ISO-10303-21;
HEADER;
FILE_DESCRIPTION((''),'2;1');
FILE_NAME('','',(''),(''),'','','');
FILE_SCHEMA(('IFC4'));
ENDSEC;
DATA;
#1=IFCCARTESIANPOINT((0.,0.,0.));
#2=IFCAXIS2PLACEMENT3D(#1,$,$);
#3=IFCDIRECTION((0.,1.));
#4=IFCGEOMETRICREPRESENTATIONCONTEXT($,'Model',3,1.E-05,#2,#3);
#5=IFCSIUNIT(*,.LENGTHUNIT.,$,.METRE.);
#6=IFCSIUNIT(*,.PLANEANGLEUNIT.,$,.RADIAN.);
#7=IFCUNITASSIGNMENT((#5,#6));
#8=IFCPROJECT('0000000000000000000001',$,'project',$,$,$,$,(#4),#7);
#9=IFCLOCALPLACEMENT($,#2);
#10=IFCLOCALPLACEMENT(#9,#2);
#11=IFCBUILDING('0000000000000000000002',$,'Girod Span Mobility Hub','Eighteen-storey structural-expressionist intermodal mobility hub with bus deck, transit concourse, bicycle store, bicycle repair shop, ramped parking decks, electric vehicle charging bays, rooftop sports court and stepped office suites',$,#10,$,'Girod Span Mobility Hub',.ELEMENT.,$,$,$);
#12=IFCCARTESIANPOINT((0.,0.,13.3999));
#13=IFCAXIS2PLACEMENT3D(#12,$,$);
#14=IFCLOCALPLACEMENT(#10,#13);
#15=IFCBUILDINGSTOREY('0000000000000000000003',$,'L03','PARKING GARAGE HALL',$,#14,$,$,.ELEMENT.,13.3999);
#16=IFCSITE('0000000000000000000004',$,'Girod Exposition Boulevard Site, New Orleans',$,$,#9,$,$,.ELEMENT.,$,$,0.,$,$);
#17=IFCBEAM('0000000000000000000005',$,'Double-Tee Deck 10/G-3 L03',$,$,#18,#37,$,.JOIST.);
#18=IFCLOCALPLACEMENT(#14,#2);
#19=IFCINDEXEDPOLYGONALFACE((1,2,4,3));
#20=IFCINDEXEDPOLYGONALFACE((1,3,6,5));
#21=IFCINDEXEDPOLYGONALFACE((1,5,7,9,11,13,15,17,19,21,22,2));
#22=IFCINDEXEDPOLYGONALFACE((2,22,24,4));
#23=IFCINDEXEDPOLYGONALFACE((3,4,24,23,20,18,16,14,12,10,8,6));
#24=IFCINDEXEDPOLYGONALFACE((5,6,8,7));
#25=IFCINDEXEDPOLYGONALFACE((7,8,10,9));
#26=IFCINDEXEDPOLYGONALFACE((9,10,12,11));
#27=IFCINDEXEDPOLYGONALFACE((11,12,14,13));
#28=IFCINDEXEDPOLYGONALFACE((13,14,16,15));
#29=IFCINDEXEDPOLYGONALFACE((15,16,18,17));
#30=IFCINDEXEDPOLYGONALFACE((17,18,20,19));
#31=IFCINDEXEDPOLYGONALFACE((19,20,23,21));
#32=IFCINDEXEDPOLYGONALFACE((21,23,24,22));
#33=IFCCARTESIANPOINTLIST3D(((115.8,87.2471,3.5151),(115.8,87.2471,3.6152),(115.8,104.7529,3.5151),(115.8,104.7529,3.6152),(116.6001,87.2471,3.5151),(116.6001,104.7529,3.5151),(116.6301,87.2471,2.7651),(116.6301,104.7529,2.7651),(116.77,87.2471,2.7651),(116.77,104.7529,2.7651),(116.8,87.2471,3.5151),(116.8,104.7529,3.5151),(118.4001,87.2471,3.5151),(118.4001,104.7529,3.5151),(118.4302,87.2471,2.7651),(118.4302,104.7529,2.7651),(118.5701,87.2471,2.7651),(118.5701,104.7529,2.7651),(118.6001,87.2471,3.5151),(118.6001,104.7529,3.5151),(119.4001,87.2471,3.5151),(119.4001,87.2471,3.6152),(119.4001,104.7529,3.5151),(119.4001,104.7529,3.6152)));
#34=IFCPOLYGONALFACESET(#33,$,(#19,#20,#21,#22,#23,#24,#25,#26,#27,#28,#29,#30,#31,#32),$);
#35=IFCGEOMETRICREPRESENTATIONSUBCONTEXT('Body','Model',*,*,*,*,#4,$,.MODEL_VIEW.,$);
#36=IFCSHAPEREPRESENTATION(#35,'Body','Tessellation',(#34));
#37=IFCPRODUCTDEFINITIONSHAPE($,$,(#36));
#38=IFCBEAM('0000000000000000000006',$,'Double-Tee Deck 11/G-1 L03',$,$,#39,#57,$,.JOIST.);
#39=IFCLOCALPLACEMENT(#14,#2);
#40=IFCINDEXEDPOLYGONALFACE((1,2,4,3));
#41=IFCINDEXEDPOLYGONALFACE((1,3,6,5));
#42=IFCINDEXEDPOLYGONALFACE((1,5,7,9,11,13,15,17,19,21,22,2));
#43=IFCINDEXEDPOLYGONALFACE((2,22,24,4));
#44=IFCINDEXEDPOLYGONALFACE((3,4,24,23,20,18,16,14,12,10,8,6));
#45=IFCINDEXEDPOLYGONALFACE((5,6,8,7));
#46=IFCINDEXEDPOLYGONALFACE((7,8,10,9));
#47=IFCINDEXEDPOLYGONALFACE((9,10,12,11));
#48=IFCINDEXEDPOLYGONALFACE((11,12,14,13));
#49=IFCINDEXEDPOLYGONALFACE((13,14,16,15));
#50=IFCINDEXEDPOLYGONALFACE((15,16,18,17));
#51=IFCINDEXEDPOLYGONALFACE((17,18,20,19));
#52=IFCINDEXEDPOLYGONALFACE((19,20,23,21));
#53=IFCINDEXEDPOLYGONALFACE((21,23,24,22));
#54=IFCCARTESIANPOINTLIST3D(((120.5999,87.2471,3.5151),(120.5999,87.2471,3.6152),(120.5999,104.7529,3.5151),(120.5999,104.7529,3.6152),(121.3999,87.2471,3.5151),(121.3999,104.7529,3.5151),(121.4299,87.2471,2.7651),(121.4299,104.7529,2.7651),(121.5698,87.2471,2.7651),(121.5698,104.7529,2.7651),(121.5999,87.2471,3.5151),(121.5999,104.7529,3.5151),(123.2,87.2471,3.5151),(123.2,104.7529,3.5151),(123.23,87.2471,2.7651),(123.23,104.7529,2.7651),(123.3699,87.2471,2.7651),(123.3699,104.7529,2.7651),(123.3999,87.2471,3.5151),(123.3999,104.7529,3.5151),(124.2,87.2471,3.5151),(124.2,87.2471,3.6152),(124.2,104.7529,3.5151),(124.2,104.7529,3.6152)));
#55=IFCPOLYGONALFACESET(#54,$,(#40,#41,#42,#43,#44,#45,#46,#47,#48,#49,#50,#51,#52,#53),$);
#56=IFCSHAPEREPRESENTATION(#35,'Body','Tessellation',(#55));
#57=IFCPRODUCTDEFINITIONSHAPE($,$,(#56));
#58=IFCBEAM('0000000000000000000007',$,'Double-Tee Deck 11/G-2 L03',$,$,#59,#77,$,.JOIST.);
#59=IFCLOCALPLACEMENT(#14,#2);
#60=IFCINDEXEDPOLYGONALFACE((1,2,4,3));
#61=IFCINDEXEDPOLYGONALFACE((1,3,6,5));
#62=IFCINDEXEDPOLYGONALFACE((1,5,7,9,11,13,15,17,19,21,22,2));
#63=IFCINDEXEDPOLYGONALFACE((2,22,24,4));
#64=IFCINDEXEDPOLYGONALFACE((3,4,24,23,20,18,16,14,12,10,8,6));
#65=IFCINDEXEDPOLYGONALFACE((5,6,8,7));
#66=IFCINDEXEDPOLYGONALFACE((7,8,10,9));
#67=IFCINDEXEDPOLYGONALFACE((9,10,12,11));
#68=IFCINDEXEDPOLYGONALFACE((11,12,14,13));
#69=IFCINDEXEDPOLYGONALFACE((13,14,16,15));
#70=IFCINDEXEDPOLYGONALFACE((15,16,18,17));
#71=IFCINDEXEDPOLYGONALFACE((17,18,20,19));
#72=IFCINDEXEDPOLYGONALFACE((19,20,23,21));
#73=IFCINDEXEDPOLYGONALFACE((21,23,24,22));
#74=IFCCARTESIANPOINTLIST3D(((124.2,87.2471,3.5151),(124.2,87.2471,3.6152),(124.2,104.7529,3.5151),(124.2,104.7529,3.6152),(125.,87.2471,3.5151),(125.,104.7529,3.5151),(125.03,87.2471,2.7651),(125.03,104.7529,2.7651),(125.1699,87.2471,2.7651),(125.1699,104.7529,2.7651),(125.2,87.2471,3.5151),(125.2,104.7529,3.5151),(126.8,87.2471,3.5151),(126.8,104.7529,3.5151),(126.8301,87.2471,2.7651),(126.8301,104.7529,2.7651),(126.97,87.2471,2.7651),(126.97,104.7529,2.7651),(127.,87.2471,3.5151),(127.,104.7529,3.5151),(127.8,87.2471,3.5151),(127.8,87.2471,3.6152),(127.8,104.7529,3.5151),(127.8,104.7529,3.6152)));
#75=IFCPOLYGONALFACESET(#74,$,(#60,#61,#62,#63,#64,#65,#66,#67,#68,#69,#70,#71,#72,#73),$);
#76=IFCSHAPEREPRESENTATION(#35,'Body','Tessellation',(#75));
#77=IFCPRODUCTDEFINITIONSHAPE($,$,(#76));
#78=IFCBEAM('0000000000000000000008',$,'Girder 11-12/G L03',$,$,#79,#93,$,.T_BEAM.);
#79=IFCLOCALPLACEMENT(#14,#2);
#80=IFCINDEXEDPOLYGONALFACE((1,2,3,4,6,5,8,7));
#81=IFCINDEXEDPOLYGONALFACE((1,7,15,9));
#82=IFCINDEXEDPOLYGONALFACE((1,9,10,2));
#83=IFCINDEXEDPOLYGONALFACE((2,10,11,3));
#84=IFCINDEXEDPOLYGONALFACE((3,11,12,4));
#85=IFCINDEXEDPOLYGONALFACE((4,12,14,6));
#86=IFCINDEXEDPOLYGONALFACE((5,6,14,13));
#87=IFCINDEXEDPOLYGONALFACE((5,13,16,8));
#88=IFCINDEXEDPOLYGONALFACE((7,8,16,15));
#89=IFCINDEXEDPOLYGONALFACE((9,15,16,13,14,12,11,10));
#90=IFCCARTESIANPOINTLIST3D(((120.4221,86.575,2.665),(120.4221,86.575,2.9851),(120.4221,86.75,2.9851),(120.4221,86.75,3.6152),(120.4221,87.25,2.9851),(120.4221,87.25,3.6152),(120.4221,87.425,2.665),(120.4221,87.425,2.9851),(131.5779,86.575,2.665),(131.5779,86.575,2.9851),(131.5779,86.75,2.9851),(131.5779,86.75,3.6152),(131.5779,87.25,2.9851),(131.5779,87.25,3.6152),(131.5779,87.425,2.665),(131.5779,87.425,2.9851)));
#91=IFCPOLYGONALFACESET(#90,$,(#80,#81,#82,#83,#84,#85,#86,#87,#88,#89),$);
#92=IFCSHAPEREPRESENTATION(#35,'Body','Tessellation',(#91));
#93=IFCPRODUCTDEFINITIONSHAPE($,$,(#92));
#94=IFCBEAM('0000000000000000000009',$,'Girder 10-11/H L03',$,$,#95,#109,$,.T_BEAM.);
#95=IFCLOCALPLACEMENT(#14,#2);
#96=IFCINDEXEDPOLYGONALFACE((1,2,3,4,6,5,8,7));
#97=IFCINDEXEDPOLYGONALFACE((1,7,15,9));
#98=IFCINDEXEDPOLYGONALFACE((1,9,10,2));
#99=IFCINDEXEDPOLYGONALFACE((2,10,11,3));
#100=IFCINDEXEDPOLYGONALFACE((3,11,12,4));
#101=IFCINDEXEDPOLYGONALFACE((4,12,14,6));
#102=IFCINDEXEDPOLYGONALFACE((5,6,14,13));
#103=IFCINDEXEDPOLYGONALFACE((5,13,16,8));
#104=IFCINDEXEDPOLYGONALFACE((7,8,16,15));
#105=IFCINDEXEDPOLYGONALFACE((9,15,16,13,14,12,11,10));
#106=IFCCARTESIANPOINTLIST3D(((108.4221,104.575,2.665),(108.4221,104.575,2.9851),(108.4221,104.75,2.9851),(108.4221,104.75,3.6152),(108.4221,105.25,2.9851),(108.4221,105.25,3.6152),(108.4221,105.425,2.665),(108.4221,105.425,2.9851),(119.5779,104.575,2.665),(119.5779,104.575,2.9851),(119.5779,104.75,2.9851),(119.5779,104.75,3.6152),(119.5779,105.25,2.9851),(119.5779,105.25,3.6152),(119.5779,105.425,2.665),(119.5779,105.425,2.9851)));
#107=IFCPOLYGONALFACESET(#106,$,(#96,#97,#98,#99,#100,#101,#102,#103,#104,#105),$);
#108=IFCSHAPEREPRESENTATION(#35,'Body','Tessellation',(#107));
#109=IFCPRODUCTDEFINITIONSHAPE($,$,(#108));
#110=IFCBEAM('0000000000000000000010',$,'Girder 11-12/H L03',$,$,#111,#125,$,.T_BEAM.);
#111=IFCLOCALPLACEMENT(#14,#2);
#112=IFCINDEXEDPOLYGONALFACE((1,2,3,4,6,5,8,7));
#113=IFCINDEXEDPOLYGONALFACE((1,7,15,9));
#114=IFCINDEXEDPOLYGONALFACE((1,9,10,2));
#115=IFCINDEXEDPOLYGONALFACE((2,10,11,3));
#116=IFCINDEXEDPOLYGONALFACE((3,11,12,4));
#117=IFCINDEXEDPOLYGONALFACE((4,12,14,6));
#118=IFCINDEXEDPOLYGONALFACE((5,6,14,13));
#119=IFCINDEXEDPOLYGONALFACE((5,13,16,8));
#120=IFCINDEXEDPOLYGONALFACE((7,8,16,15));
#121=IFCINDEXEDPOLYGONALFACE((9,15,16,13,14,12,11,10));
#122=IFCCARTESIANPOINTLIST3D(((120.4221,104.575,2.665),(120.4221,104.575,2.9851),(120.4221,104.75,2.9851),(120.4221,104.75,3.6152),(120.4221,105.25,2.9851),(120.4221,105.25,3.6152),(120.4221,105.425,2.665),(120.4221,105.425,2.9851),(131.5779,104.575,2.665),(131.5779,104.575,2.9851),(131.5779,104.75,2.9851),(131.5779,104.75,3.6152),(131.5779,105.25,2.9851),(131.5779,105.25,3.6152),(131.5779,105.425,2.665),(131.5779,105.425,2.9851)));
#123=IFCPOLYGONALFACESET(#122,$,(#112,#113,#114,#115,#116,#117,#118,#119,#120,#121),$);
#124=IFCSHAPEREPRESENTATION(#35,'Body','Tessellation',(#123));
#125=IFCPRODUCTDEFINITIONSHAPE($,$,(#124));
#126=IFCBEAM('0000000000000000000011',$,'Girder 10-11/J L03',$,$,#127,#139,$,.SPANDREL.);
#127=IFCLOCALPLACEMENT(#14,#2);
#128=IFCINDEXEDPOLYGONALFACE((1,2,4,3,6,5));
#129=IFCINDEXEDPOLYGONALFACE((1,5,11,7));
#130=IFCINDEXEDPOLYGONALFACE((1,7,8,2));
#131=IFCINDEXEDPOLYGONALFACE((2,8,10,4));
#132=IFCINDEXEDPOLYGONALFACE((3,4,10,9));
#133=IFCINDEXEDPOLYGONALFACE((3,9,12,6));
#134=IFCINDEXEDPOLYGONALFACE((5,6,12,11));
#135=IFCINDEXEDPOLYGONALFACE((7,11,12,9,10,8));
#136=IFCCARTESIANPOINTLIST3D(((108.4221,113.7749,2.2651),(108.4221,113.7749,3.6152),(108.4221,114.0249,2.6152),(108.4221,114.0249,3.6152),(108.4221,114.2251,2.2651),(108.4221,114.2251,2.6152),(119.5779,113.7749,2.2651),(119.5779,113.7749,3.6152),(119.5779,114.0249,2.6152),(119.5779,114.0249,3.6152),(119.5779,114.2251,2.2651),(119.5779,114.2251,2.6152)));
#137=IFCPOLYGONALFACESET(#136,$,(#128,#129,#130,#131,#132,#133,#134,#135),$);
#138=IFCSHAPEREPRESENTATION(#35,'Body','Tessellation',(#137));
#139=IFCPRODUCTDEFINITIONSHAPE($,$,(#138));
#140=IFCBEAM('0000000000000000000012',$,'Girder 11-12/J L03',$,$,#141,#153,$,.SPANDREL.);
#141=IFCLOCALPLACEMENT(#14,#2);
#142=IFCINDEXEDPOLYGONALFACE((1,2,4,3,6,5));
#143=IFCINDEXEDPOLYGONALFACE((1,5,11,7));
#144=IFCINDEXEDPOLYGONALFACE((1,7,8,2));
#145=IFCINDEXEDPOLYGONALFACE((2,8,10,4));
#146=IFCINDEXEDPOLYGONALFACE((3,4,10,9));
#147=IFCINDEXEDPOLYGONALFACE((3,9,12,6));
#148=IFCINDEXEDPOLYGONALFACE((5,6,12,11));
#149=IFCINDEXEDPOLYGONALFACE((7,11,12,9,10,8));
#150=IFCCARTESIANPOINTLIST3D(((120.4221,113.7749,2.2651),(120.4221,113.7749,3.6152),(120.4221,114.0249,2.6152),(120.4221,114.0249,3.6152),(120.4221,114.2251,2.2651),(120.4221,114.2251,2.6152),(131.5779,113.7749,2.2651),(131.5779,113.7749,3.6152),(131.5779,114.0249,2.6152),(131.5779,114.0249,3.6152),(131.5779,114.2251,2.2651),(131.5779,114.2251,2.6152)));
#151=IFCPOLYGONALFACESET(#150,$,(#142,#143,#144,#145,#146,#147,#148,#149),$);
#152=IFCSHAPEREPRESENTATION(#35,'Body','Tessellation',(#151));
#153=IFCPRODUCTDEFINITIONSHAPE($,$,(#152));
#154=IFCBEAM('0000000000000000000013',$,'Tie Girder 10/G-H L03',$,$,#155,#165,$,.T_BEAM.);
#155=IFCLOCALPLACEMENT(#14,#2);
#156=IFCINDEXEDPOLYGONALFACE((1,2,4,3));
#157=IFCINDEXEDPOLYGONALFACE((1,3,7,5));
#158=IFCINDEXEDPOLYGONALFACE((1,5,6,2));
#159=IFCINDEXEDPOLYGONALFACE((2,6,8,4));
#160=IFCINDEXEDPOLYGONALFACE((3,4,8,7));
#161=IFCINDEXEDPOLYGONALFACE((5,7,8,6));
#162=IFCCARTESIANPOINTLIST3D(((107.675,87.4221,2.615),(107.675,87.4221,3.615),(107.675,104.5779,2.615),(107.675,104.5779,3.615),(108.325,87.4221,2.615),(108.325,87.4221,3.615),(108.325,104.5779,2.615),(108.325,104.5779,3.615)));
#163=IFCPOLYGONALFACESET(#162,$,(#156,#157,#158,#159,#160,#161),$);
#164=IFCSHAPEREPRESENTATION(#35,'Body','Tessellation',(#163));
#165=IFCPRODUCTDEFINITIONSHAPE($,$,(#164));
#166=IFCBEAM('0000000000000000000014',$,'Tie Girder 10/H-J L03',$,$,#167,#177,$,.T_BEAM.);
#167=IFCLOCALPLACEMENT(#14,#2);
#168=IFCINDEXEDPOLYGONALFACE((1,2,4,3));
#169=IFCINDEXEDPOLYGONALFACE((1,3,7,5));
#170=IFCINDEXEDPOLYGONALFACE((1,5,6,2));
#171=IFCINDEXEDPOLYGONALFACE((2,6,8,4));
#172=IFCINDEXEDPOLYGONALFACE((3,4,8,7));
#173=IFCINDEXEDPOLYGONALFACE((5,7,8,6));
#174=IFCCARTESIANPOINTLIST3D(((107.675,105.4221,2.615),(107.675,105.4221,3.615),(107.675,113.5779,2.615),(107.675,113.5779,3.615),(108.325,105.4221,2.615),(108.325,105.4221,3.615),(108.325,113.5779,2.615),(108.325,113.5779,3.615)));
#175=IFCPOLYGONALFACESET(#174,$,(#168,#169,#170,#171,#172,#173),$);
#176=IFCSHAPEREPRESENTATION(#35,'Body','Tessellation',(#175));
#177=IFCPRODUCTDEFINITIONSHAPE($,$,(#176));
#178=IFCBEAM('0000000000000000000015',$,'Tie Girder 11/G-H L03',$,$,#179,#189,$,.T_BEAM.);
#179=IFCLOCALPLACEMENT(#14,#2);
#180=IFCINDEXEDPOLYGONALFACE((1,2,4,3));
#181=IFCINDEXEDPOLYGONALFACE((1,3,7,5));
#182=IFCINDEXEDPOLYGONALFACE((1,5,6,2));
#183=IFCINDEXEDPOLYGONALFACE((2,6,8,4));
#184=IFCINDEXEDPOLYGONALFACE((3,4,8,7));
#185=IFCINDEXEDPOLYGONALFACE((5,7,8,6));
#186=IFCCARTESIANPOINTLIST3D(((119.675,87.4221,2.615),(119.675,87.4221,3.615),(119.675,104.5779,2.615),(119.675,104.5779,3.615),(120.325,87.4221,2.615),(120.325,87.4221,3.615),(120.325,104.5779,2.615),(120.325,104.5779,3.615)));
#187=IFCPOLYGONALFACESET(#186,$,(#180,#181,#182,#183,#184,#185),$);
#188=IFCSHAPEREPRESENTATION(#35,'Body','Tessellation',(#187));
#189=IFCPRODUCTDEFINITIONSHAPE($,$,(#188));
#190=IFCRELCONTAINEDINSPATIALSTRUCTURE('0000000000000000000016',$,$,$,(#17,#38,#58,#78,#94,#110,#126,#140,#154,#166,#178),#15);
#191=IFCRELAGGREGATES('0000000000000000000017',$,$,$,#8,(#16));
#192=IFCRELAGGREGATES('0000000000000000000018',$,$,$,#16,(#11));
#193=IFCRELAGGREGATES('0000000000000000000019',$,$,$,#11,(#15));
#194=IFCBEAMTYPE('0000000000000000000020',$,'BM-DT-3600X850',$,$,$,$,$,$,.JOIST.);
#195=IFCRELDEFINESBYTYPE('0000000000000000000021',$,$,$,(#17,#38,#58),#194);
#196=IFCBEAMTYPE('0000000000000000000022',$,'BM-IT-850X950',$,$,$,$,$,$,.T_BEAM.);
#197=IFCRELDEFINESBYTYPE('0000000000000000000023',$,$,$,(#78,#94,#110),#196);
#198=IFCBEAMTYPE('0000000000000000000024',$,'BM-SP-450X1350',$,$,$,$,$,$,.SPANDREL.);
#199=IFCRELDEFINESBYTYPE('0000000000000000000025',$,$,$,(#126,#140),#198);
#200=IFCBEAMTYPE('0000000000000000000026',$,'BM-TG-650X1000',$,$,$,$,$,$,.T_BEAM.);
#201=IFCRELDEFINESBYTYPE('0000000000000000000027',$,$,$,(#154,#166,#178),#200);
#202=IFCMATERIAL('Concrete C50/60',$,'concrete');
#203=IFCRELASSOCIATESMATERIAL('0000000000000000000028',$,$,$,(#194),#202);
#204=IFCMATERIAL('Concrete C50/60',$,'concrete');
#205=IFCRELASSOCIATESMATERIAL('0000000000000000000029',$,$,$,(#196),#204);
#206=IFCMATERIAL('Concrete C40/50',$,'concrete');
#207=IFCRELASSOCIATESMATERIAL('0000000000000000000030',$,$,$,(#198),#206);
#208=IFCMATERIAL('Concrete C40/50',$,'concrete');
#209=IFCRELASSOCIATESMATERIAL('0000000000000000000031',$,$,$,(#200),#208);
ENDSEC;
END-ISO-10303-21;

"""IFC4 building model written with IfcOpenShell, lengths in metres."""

from ifc_helpers import new_model, si_unit, direction, frame, origin, origin_2d, place, context, subcontext, project, spatial, polyline, rectangle, outline, extrude, material, material_profile, profile_set, type_object, element, save


model = new_model("IFC4")

# Units and contexts
model_context = context("Model", 3, precision=1e-05, world=origin(), true_north=direction((0.0, 1.0)))
body_context = subcontext(model_context, "Body", "Model", "MODEL_VIEW")
ifc_project = project(units=[si_unit("LENGTHUNIT", "METRE"), si_unit("PLANEANGLEUNIT", "RADIAN")], contexts=[model_context])

# Site, building, storey
site_placement = place(None, origin())
site = spatial("IfcSite", under=ifc_project, at=site_placement, Name="Girod Exposition Boulevard Site, New Orleans", CompositionType="ELEMENT", RefElevation=0.0)
building_placement = place(site_placement, origin())
building = spatial("IfcBuilding", under=site, at=building_placement, Name="Girod Span Mobility Hub", Description="Eighteen-storey structural-expressionist intermodal mobility hub with bus deck, transit concourse, bicycle store, bicycle repair shop, ramped parking decks, electric vehicle charging bays, rooftop sports court and stepped office suites", LongName="Girod Span Mobility Hub", CompositionType="ELEMENT")
storey_placement = place(building_placement, frame((0.0, 0.0, 13.3999)))
storey = spatial("IfcBuildingStorey", under=building, at=storey_placement, Name="L03", Description="PARKING GARAGE HALL", CompositionType="ELEMENT", Elevation=13.3999)

# Beams
ifc_material_1 = material(Name="Concrete C50/60", Category="concrete")
ifc_material_profile_1 = material_profile(ifc_material_1, outline(polyline([(-1.8, 0.425), (-1.8, 0.325), (-1.0, 0.325), (-0.97, -0.425), (-0.8301, -0.425), (-0.8, 0.325), (0.8, 0.325), (0.8301, -0.425), (0.97, -0.425), (1.0, 0.325), (1.8, 0.325), (1.8, 0.425), (-1.8, 0.425)])), Name="DT-3600X850")
ifc_profile_set_1 = profile_set([ifc_material_profile_1], Name="Concrete C50/60")
beam_type_1 = type_object("IfcBeamType", Name="BM-DT-3600X850", PredefinedType="JOIST", material=ifc_profile_set_1)
for number, where, z_axis, x_axis, name in (
    (1, (117.6001, 87.2471, 3.1902), (0.0, 1.0, 0.0), (-1.0, 0.0, 0.0), "Double-Tee Deck 10/G-3 L03"),
    (2, (122.3999, 87.2471, 3.1902), (0.0, 1.0, 0.0), (-1.0, 0.0, 0.0), "Double-Tee Deck 11/G-1 L03"),
    (3, (126.0, 87.2471, 3.1902), (0.0, 1.0, 0.0), (-1.0, 0.0, 0.0), "Double-Tee Deck 11/G-2 L03"),
):
    element("IfcBeam", number, at=place(storey_placement, frame(where, z_axis=z_axis, x_axis=x_axis)), inside=storey, type_object=beam_type_1, Name=name, PredefinedType="JOIST", context=body_context, shape_type="SweptSolid", body=[
        extrude(outline(polyline([(-1.8, 0.425), (-1.8, 0.325), (-1.0, 0.325), (-0.97, -0.425), (-0.8301, -0.425), (-0.8, 0.325), (0.8, 0.325), (0.8301, -0.425), (0.97, -0.425), (1.0, 0.325), (1.8, 0.325), (1.8, 0.425), (-1.8, 0.425)])), origin(), (0.0, 0.0, 1.0), 17.5059),
    ])
ifc_material_2 = material(Name="Concrete C50/60", Category="concrete")
ifc_material_profile_2 = material_profile(ifc_material_2, outline(polyline([(-0.425, -0.4751), (0.425, -0.4751), (0.425, -0.155), (0.25, -0.155), (0.25, 0.4751), (-0.25, 0.4751), (-0.25, -0.155), (-0.425, -0.155), (-0.425, -0.4751)])), Name="IT-850X950")
ifc_profile_set_2 = profile_set([ifc_material_profile_2], Name="Concrete C50/60")
beam_type_2 = type_object("IfcBeamType", Name="BM-IT-850X950", PredefinedType="T_BEAM", material=ifc_profile_set_2)
for number, where, z_axis, x_axis, name in (
    (4, (120.4221, 87.0, 3.1401), (1.0, 0.0, 0.0), (0.0, 1.0, 0.0), "Girder 11-12/G L03"),
    (5, (108.4221, 105.0, 3.1401), (1.0, 0.0, 0.0), (0.0, 1.0, 0.0), "Girder 10-11/H L03"),
    (6, (120.4221, 105.0, 3.1401), (1.0, 0.0, 0.0), (0.0, 1.0, 0.0), "Girder 11-12/H L03"),
):
    element("IfcBeam", number, at=place(storey_placement, frame(where, z_axis=z_axis, x_axis=x_axis)), inside=storey, type_object=beam_type_2, Name=name, PredefinedType="T_BEAM", context=body_context, shape_type="SweptSolid", body=[
        extrude(outline(polyline([(-0.425, -0.4751), (0.425, -0.4751), (0.425, -0.155), (0.25, -0.155), (0.25, 0.4751), (-0.25, 0.4751), (-0.25, -0.155), (-0.425, -0.155), (-0.425, -0.4751)])), origin(), (0.0, 0.0, 1.0), 11.1558),
    ])
ifc_material_3 = material(Name="Concrete C40/50", Category="concrete")
ifc_material_profile_3 = material_profile(ifc_material_3, outline(polyline([(-0.2251, -0.675), (0.2251, -0.675), (0.2251, -0.325), (0.0249, -0.325), (0.0249, 0.675), (-0.2251, 0.675), (-0.2251, -0.675)])), Name="SP-450X1350")
ifc_profile_set_3 = profile_set([ifc_material_profile_3], Name="Concrete C40/50")
beam_type_3 = type_object("IfcBeamType", Name="BM-SP-450X1350", PredefinedType="SPANDREL", material=ifc_profile_set_3)
for number, where, z_axis, x_axis, name in (
    (7, (108.4221, 114.0, 2.9402), (1.0, 0.0, 0.0), (0.0, 1.0, 0.0), "Girder 10-11/J L03"),
    (8, (120.4221, 114.0, 2.9402), (1.0, 0.0, 0.0), (0.0, 1.0, 0.0), "Girder 11-12/J L03"),
):
    element("IfcBeam", number, at=place(storey_placement, frame(where, z_axis=z_axis, x_axis=x_axis)), inside=storey, type_object=beam_type_3, Name=name, PredefinedType="SPANDREL", context=body_context, shape_type="SweptSolid", body=[
        extrude(outline(polyline([(-0.2251, -0.675), (0.2251, -0.675), (0.2251, -0.325), (0.0249, -0.325), (0.0249, 0.675), (-0.2251, 0.675), (-0.2251, -0.675)])), origin(), (0.0, 0.0, 1.0), 11.1558),
    ])
ifc_material_4 = material(Name="Concrete C40/50", Category="concrete")
ifc_material_profile_4 = material_profile(ifc_material_4, rectangle(XDim=0.6499, YDim=1.0, at=origin_2d()), Name="TG-650X1000")
ifc_profile_set_4 = profile_set([ifc_material_profile_4], Name="Concrete C40/50")
beam_type_4 = type_object("IfcBeamType", Name="BM-TG-650X1000", PredefinedType="T_BEAM", material=ifc_profile_set_4)
beam_1_placement = place(storey_placement, frame((108.0, 87.4221, 3.115), z_axis=(0.0, 1.0, 0.0), x_axis=(-1.0, 0.0, 0.0)))
element("IfcBeam", 9, at=beam_1_placement, inside=storey, type_object=beam_type_4, Name="Tie Girder 10/G-H L03", PredefinedType="T_BEAM", context=body_context, shape_type="SweptSolid", body=[
    extrude(rectangle(XDim=0.6499, YDim=1.0, at=origin_2d()), origin(), (0.0, 0.0, 1.0), 17.1558),
])
beam_2_placement = place(storey_placement, frame((108.0, 105.4221, 3.115), z_axis=(0.0, 1.0, 0.0), x_axis=(-1.0, 0.0, 0.0)))
element("IfcBeam", 10, at=beam_2_placement, inside=storey, type_object=beam_type_4, Name="Tie Girder 10/H-J L03", PredefinedType="T_BEAM", context=body_context, shape_type="SweptSolid", body=[
    extrude(rectangle(XDim=0.6499, YDim=1.0, at=origin_2d()), origin(), (0.0, 0.0, 1.0), 8.1558),
])
beam_3_placement = place(storey_placement, frame((120.0, 87.4221, 3.115), z_axis=(0.0, 1.0, 0.0), x_axis=(-1.0, 0.0, 0.0)))
element("IfcBeam", 11, at=beam_3_placement, inside=storey, type_object=beam_type_4, Name="Tie Girder 11/G-H L03", PredefinedType="T_BEAM", context=body_context, shape_type="SweptSolid", body=[
    extrude(rectangle(XDim=0.6499, YDim=1.0, at=origin_2d()), origin(), (0.0, 0.0, 1.0), 17.1558),
])

save(model, "model.ifc")
